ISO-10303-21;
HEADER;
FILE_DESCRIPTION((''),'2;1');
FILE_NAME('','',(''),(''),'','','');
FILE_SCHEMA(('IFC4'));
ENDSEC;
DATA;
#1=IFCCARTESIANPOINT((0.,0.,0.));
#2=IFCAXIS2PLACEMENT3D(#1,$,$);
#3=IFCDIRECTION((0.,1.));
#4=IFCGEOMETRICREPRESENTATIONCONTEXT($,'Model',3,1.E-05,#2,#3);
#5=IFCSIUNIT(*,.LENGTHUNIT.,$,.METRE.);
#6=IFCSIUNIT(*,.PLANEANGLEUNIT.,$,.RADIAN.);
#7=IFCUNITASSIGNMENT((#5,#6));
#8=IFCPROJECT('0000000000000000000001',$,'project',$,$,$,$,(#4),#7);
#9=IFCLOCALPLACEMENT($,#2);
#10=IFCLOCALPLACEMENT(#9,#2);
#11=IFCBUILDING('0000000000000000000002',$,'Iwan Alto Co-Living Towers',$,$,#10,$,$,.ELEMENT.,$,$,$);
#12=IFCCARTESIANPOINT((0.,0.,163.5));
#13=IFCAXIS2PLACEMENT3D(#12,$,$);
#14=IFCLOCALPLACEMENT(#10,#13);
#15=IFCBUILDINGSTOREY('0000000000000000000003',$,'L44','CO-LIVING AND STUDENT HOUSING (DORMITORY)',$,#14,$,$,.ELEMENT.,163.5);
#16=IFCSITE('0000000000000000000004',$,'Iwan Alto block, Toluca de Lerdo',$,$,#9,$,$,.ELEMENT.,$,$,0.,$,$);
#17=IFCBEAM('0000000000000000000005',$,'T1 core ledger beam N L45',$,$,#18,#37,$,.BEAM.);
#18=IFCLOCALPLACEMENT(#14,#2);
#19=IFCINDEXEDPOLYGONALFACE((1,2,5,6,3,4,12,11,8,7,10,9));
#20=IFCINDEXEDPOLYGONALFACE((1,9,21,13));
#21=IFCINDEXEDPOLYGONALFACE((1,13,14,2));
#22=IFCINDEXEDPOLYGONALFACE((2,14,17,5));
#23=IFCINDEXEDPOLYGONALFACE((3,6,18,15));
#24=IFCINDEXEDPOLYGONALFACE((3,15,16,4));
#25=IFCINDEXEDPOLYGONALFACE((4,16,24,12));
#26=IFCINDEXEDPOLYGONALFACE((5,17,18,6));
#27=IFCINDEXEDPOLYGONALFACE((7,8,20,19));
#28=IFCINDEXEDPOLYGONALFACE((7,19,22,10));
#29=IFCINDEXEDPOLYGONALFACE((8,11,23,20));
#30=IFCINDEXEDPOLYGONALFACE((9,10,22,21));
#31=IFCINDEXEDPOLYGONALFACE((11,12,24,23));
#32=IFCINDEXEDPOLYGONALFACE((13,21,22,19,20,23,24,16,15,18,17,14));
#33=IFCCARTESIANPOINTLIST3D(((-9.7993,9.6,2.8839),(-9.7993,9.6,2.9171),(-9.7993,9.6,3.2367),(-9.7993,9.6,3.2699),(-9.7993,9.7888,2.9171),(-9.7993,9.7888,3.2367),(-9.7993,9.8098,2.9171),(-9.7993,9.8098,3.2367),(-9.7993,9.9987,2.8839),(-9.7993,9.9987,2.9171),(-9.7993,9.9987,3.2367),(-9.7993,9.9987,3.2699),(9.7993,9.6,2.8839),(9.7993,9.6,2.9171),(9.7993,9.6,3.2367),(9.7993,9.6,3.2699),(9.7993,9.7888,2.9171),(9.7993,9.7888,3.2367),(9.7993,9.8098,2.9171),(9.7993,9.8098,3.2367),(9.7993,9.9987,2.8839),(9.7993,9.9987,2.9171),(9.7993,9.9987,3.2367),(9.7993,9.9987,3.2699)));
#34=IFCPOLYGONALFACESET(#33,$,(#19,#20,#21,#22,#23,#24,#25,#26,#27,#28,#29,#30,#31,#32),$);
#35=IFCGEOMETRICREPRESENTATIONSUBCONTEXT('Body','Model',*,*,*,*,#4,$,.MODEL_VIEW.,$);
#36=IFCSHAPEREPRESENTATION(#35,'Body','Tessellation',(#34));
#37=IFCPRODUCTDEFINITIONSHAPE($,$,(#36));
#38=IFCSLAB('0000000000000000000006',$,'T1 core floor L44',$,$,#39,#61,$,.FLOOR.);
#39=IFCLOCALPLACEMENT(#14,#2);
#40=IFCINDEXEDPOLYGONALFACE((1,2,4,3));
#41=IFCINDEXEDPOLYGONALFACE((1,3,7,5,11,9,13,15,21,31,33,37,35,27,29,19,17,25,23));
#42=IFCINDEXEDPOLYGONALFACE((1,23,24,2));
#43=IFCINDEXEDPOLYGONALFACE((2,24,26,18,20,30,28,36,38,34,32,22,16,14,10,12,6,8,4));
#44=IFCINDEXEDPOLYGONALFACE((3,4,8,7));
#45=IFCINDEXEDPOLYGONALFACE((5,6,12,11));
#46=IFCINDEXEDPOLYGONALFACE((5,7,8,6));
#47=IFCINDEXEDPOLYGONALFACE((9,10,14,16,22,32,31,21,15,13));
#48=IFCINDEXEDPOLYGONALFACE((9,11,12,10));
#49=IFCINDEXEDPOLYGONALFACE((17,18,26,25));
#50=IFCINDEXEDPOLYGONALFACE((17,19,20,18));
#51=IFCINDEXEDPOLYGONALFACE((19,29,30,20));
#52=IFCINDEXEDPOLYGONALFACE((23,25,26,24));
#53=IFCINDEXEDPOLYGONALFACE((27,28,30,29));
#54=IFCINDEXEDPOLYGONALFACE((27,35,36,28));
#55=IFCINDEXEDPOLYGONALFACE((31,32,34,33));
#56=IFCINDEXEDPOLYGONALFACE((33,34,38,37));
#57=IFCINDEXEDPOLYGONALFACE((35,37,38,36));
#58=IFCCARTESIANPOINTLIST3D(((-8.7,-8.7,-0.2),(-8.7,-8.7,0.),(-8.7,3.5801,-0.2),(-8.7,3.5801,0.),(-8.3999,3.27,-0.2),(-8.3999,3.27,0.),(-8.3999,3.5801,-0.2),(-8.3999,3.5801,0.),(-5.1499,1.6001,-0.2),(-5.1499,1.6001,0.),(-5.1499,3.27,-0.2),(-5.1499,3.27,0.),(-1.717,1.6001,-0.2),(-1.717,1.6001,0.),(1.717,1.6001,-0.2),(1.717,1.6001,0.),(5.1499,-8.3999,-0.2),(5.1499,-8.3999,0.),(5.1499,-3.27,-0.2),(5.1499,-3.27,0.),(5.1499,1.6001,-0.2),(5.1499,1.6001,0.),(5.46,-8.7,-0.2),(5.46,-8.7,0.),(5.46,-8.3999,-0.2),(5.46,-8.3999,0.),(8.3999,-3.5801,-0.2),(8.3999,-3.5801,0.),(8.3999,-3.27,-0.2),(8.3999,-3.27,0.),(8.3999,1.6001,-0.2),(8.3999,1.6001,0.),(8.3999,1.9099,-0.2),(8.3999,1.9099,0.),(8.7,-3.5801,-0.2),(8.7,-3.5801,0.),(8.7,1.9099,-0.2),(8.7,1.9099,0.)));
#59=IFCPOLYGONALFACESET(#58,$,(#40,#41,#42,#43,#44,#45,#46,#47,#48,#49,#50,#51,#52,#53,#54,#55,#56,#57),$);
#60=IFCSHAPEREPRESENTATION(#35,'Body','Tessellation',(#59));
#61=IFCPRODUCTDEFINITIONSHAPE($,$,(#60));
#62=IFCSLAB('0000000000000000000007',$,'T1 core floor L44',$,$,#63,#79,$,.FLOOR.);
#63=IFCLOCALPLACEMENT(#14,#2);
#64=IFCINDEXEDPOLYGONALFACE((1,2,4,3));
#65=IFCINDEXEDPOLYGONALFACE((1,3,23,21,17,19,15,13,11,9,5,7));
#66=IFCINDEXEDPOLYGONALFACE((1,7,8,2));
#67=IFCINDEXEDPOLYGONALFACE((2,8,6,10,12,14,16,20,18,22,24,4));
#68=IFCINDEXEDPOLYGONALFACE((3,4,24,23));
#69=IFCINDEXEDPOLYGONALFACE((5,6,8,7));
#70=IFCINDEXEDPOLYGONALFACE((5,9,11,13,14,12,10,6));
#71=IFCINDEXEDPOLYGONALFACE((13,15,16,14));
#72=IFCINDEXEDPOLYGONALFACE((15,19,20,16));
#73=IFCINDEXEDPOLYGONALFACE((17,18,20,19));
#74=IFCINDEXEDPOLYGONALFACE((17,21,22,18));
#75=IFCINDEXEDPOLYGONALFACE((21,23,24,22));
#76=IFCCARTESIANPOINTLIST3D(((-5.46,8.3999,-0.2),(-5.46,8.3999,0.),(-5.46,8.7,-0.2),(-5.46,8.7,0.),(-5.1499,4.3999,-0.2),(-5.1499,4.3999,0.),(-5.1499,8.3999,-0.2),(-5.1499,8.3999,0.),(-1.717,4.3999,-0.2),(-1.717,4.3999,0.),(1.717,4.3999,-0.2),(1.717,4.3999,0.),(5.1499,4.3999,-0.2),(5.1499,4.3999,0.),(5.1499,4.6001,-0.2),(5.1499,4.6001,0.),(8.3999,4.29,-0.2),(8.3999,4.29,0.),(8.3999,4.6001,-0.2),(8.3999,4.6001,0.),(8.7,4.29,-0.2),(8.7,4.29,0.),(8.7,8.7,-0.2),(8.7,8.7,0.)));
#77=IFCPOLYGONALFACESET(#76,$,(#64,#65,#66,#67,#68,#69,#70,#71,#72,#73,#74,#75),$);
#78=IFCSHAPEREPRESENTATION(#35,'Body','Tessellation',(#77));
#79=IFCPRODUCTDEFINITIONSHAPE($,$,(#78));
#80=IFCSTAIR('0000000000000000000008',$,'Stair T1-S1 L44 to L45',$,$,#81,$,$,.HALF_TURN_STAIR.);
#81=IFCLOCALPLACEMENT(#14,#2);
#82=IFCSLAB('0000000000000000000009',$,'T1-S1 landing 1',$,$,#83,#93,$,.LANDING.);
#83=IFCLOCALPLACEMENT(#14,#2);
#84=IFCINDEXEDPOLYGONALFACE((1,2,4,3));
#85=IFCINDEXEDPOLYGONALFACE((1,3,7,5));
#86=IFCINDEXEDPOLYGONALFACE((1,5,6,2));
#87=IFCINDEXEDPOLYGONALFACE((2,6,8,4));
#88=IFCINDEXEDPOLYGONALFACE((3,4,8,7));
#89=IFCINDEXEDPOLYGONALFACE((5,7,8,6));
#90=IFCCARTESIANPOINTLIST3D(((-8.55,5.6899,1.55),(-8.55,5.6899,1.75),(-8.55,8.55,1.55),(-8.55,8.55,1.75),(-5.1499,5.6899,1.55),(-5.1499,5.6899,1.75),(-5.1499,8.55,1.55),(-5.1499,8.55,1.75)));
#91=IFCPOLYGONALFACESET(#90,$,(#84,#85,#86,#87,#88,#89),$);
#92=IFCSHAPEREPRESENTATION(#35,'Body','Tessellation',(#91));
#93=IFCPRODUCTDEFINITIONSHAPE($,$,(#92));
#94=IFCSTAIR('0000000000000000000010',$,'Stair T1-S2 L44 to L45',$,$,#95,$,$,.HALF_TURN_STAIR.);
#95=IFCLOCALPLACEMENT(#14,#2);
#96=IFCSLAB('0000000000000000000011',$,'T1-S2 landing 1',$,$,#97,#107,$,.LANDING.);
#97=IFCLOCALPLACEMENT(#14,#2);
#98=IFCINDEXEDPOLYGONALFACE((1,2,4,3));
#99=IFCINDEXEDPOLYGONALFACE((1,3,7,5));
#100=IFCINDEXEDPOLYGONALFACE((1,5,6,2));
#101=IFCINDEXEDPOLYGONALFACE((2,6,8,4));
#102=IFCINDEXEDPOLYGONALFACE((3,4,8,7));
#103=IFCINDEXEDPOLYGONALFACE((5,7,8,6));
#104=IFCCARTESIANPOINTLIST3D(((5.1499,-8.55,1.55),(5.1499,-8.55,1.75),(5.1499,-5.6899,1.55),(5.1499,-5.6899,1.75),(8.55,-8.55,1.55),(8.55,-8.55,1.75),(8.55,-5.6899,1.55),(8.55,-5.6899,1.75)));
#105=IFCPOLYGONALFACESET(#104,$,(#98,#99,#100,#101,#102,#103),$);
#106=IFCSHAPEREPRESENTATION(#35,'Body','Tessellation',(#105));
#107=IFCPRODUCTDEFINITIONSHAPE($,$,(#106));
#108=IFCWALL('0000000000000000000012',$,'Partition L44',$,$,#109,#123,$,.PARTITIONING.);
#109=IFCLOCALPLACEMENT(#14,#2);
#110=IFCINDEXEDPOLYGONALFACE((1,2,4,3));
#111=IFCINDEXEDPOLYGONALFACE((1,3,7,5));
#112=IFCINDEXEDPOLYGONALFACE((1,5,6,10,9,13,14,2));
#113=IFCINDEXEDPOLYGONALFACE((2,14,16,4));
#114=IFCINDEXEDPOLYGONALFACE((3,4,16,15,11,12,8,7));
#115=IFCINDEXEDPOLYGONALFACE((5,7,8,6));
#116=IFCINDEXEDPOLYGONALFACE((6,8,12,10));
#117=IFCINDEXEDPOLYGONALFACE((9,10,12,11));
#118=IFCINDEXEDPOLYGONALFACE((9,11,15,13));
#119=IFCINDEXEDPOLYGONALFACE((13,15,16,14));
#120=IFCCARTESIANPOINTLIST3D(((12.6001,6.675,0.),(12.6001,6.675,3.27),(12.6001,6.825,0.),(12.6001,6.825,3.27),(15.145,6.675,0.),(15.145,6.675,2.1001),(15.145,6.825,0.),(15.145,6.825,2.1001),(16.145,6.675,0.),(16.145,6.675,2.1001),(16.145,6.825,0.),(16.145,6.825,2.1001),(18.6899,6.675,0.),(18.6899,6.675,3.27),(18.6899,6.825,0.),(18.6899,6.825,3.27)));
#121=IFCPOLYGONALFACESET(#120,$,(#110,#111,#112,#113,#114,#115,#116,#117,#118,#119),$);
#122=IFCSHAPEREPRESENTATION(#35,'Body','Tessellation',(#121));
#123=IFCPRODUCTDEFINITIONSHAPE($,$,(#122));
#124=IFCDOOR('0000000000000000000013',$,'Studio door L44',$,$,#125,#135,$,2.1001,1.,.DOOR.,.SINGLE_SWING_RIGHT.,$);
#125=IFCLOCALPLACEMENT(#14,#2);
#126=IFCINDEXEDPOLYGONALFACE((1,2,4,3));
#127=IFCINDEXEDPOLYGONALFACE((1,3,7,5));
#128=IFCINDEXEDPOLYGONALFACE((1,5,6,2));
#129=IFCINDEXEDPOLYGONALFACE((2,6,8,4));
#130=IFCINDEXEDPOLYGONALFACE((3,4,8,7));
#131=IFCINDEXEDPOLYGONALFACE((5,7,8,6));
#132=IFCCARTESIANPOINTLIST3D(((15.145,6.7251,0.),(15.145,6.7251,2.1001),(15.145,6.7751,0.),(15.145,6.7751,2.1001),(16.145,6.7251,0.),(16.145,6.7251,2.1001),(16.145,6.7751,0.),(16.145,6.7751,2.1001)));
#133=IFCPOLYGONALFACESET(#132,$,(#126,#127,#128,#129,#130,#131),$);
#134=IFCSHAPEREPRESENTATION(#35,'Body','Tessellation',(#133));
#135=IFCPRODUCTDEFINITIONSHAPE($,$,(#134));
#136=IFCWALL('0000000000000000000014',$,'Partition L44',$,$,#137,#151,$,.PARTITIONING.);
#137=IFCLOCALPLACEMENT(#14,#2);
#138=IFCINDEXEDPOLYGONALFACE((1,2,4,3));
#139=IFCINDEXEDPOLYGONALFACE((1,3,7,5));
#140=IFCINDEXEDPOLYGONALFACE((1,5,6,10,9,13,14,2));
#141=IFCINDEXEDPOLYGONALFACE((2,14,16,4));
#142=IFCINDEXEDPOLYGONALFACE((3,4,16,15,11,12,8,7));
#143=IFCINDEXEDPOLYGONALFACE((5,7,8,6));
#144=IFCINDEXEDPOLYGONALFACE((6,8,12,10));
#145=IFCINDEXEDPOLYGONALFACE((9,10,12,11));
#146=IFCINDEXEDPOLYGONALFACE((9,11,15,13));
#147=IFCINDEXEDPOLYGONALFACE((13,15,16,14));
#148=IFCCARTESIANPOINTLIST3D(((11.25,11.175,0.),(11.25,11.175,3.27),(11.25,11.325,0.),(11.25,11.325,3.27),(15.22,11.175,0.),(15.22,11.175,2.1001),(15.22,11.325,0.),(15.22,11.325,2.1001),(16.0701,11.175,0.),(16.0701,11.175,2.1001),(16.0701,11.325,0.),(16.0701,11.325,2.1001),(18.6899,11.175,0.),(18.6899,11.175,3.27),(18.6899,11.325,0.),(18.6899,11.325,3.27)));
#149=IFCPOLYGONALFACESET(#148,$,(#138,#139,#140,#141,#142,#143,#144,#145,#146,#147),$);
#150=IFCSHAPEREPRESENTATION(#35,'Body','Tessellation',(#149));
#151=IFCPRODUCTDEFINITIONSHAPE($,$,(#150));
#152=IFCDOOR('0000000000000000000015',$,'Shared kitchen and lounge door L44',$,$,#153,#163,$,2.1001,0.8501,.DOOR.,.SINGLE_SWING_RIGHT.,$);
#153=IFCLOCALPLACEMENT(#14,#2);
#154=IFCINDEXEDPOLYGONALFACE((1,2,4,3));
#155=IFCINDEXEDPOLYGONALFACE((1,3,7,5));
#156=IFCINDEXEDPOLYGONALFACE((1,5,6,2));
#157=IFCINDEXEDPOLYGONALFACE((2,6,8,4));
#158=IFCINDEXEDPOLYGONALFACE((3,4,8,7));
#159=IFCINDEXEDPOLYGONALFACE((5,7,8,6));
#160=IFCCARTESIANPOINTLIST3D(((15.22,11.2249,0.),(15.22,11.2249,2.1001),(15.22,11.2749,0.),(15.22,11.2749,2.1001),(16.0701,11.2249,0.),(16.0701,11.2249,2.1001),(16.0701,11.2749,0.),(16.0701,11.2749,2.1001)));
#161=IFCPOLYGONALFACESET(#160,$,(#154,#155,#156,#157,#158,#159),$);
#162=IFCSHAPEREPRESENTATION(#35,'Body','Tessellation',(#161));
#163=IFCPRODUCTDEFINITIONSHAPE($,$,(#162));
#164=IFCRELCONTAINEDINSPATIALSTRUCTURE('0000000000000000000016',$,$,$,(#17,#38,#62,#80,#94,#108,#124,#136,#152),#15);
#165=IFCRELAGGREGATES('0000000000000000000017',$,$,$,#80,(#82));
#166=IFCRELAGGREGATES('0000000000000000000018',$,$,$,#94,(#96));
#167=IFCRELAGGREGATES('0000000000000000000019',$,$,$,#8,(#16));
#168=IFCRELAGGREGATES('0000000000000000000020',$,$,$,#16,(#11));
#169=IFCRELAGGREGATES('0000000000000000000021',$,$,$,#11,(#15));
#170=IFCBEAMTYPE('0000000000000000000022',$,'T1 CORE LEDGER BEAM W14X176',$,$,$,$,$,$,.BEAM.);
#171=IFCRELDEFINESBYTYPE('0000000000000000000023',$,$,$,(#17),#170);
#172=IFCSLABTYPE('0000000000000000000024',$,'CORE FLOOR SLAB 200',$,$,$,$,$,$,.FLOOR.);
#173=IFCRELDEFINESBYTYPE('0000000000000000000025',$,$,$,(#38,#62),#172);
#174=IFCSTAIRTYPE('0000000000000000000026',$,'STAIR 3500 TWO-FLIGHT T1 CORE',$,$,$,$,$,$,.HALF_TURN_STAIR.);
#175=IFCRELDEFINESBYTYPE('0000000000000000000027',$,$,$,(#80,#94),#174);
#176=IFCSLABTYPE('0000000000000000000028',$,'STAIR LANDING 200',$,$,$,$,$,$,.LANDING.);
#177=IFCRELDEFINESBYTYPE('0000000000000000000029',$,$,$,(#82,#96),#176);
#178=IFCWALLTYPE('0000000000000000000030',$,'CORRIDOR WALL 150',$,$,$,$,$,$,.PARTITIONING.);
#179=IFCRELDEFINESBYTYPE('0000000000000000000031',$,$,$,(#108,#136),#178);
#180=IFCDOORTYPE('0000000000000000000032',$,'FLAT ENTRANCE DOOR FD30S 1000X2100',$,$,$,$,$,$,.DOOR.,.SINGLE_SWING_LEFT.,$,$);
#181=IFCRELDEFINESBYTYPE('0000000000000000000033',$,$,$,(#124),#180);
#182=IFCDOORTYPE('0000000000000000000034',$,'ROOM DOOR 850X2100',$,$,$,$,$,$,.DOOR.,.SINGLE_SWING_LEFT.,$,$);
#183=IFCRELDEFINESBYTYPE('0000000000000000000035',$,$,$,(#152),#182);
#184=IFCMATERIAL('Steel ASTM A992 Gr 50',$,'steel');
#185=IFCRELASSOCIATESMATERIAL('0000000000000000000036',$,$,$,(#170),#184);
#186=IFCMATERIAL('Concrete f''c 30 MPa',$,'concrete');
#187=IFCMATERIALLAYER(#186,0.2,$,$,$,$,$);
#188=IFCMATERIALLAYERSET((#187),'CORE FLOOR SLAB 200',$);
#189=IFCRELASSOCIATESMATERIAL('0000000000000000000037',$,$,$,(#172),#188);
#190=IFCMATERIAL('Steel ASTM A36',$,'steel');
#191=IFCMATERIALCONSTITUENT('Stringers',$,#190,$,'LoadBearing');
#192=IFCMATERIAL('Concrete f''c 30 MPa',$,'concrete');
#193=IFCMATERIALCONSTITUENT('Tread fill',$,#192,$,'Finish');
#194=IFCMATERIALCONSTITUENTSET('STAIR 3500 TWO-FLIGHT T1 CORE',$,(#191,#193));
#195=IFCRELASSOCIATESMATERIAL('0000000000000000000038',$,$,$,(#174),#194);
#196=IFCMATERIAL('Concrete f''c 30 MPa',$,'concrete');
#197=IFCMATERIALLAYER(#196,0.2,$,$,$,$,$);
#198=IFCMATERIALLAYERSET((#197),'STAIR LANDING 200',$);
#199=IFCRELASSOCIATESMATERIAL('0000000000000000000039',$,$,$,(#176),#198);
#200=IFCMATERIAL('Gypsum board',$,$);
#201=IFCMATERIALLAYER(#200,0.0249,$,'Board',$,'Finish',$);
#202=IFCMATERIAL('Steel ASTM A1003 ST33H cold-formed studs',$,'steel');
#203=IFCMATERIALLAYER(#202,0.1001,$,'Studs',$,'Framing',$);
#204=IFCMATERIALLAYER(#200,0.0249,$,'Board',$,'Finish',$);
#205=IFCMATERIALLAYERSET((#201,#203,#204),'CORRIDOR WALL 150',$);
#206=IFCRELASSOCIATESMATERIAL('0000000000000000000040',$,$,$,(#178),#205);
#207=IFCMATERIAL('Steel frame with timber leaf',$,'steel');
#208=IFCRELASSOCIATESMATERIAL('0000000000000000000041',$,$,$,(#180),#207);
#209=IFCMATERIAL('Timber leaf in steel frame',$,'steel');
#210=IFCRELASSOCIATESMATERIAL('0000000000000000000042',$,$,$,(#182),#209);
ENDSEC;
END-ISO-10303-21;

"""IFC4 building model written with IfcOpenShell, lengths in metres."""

from ifc_helpers import new_model, si_unit, direction, frame, frame_2d, origin, origin_2d, place, context, subcontext, project, spatial, polyline, rectangle, i_section, outline, extrude, material, layer, layer_set, constituent, constituent_set, material_profile, profile_set, type_object, element, fill, aggregate, save


model = new_model("IFC4")

# Units and contexts
model_context = context("Model", 3, precision=1e-05, world=origin(), true_north=direction((0.0, 1.0)))
body_context = subcontext(model_context, "Body", "Model", "MODEL_VIEW")
ifc_project = project(units=[si_unit("LENGTHUNIT", "METRE"), si_unit("PLANEANGLEUNIT", "RADIAN")], contexts=[model_context])

# Site, building, storey
site_placement = place(None, origin())
site = spatial("IfcSite", under=ifc_project, at=site_placement, Name="Iwan Alto block, Toluca de Lerdo", CompositionType="ELEMENT", RefElevation=0.0)
building_placement = place(site_placement, origin())
building = spatial("IfcBuilding", under=site, at=building_placement, Name="Iwan Alto Co-Living Towers", CompositionType="ELEMENT")
storey_placement = place(building_placement, frame((0.0, 0.0, 163.5)))
storey = spatial("IfcBuildingStorey", under=building, at=storey_placement, Name="L44", Description="CO-LIVING AND STUDENT HOUSING (DORMITORY)", CompositionType="ELEMENT", Elevation=163.5)

# Beam
ifc_material_1 = material(Name="Steel ASTM A992 Gr 50", Category="steel")
ifc_material_profile = material_profile(ifc_material_1, i_section(OverallWidth=0.3987, OverallDepth=0.386, WebThickness=0.021, FlangeThickness=0.0332, at=origin_2d()), Name="W14X176")
ifc_profile_set = profile_set([ifc_material_profile], Name="Steel ASTM A992 Gr 50")
beam_type = type_object("IfcBeamType", Name="T1 CORE LEDGER BEAM W14X176", PredefinedType="BEAM", material=ifc_profile_set)
beam_placement = place(storey_placement, frame((9.7993, 9.7993, 3.0769), z_axis=(-1.0, 0.0, 0.0), x_axis=(0.0, -1.0, 0.0)))
element("IfcBeam", 1, at=beam_placement, inside=storey, type_object=beam_type, Name="T1 core ledger beam N L45", PredefinedType="BEAM", context=body_context, shape_type="SweptSolid", body=[
    extrude(i_section(OverallWidth=0.3987, OverallDepth=0.386, WebThickness=0.021, FlangeThickness=0.0332, at=origin_2d()), origin(), (0.0, 0.0, 1.0), 19.5986),
])

# Slabs
ifc_material_2 = material(Name="Concrete f'c 30 MPa", Category="concrete")
ifc_layer_1 = layer(ifc_material_2, 0.2)
ifc_layer_set_1 = layer_set([ifc_layer_1], Name="CORE FLOOR SLAB 200")
slab_type_1 = type_object("IfcSlabType", Name="CORE FLOOR SLAB 200", PredefinedType="FLOOR", material=ifc_layer_set_1)
slab_1_placement = place(storey_placement, frame((0.0, 0.0, -0.2)))
element("IfcSlab", 2, at=slab_1_placement, inside=storey, type_object=slab_type_1, Name="T1 core floor L44", PredefinedType="FLOOR", context=body_context, shape_type="SweptSolid", body=[
    extrude(outline(polyline([(5.1499, -8.3999), (5.46, -8.3999), (5.46, -8.7), (-8.7, -8.7), (-8.7, 3.5801), (-8.3999, 3.5801), (-8.3999, 3.27), (-5.1499, 3.27), (-5.1499, 1.6001), (-1.717, 1.6001), (1.717, 1.6001), (5.1499, 1.6001), (8.3999, 1.6001), (8.3999, 1.9099), (8.7, 1.9099), (8.7, -3.5801), (8.3999, -3.5801), (8.3999, -3.27), (5.1499, -3.27), (5.1499, -8.3999)])), origin(), (0.0, 0.0, 1.0), 0.2),
])
slab_2_placement = place(storey_placement, frame((0.0, 0.0, -0.2)))
element("IfcSlab", 3, at=slab_2_placement, inside=storey, type_object=slab_type_1, Name="T1 core floor L44", PredefinedType="FLOOR", context=body_context, shape_type="SweptSolid", body=[
    extrude(outline(polyline([(1.717, 4.3999), (-1.717, 4.3999), (-5.1499, 4.3999), (-5.1499, 8.3999), (-5.46, 8.3999), (-5.46, 8.7), (8.7, 8.7), (8.7, 4.29), (8.3999, 4.29), (8.3999, 4.6001), (5.1499, 4.6001), (5.1499, 4.3999), (1.717, 4.3999)])), origin(), (0.0, 0.0, 1.0), 0.2),
])

# Stairs, slabs
ifc_material_3 = material(Name="Steel ASTM A36", Category="steel")
ifc_constituent_1 = constituent(ifc_material_3, Name="Stringers", Category="LoadBearing")
ifc_material_4 = material(Name="Concrete f'c 30 MPa", Category="concrete")
ifc_constituent_2 = constituent(ifc_material_4, Name="Tread fill", Category="Finish")
ifc_constituent_set = constituent_set(constituents=[ifc_constituent_1, ifc_constituent_2], Name="STAIR 3500 TWO-FLIGHT T1 CORE")
stair_type = type_object("IfcStairType", Name="STAIR 3500 TWO-FLIGHT T1 CORE", PredefinedType="HALF_TURN_STAIR", material=ifc_constituent_set)
stair_1_placement = place(storey_placement, origin())
stair_1 = element("IfcStair", 4, at=stair_1_placement, inside=storey, type_object=stair_type, Name="Stair T1-S1 L44 to L45", PredefinedType="HALF_TURN_STAIR")
ifc_material_5 = material(Name="Concrete f'c 30 MPa", Category="concrete")
ifc_layer_2 = layer(ifc_material_5, 0.2)
ifc_layer_set_2 = layer_set([ifc_layer_2], Name="STAIR LANDING 200")
slab_type_2 = type_object("IfcSlabType", Name="STAIR LANDING 200", PredefinedType="LANDING", material=ifc_layer_set_2)
slab_3_placement = place(storey_placement, frame((0.0, 0.0, 1.55)))
slab_3 = element("IfcSlab", 5, at=slab_3_placement, type_object=slab_type_2, Name="T1-S1 landing 1", PredefinedType="LANDING", context=body_context, shape_type="SweptSolid", body=[
    extrude(outline(polyline([(-8.55, 5.6899), (-8.55, 8.55), (-5.1499, 8.55), (-5.1499, 5.6899), (-8.55, 5.6899)])), origin(), (0.0, 0.0, 1.0), 0.2),
])
aggregate(stair_1, [slab_3])
stair_2_placement = place(storey_placement, origin())
stair_2 = element("IfcStair", 6, at=stair_2_placement, inside=storey, type_object=stair_type, Name="Stair T1-S2 L44 to L45", PredefinedType="HALF_TURN_STAIR")
slab_4_placement = place(storey_placement, frame((0.0, 0.0, 1.55)))
slab_4 = element("IfcSlab", 7, at=slab_4_placement, type_object=slab_type_2, Name="T1-S2 landing 1", PredefinedType="LANDING", context=body_context, shape_type="SweptSolid", body=[
    extrude(outline(polyline([(5.1499, -5.6899), (5.1499, -8.55), (8.55, -8.55), (8.55, -5.6899), (5.1499, -5.6899)])), origin(), (0.0, 0.0, 1.0), 0.2),
])
aggregate(stair_2, [slab_4])

# Walls, openings, doors
ifc_material_6 = material(Name="Gypsum board")
ifc_layer_3 = layer(ifc_material_6, 0.0249, Name="Board", Category="Finish")
ifc_material_7 = material(Name="Steel ASTM A1003 ST33H cold-formed studs", Category="steel")
ifc_layer_4 = layer(ifc_material_7, 0.1001, Name="Studs", Category="Framing")
ifc_layer_5 = layer(ifc_material_6, 0.0249, Name="Board", Category="Finish")
ifc_layer_set_3 = layer_set([ifc_layer_3, ifc_layer_4, ifc_layer_5], Name="CORRIDOR WALL 150")
wall_type_1 = type_object("IfcWallType", Name="CORRIDOR WALL 150", PredefinedType="PARTITIONING", material=ifc_layer_set_3)
wall_1_placement = place(storey_placement, frame((12.6001, 6.75, 0.0), z_axis=(0.0, 0.0, 1.0), x_axis=(1.0, 0.0, 0.0)))
wall_1 = element("IfcWall", 8, at=wall_1_placement, inside=storey, type_object=wall_type_1, Name="Partition L44", PredefinedType="PARTITIONING", context=body_context, shape_type="SweptSolid", body=[
    extrude(rectangle(XDim=6.0898, YDim=0.1499, at=frame_2d((3.0449, 0.0))), origin(), (0.0, 0.0, 1.0), 3.27),
])
opening_1_placement = place(wall_1_placement, frame((2.5449, 0.0, 0.0)))
opening_1 = element("IfcOpeningElement", 9, at=opening_1_placement, cuts=wall_1, PredefinedType="OPENING", context=body_context, shape_type="SweptSolid", body=[
    extrude(rectangle(XDim=1.0, YDim=2.1001, at=frame_2d((0.5, 1.05))), frame((0.0, 0.085, 0.0), z_axis=(0.0, -1.0, 0.0), x_axis=(1.0, 0.0, 0.0)), (0.0, 0.0, 1.0), 0.1699),
])
ifc_material_8 = material(Name="Steel frame with timber leaf", Category="steel")
door_type_1 = type_object("IfcDoorType", Name="FLAT ENTRANCE DOOR FD30S 1000X2100", OperationType="SINGLE_SWING_LEFT", PredefinedType="DOOR", material=ifc_material_8)
door_1_placement = place(opening_1_placement, frame((1.0, 0.0, 0.0), z_axis=(0.0, 0.0, 1.0), x_axis=(-1.0, 0.0, 0.0)))
door_1 = element("IfcDoor", 10, at=door_1_placement, inside=storey, type_object=door_type_1, Name="Studio door L44", OperationType="SINGLE_SWING_RIGHT", OverallHeight=2.1001, OverallWidth=1.0, PredefinedType="DOOR", context=body_context, shape_type="SweptSolid", body=[
    extrude(rectangle(XDim=1.0, YDim=2.1001, at=frame_2d((0.5, 1.05))), frame((0.0, 0.0249, 0.0), z_axis=(0.0, -1.0, 0.0), x_axis=(1.0, 0.0, 0.0)), (0.0, 0.0, 1.0), 0.05),
])
fill(opening_1, door_1)
wall_2_placement = place(storey_placement, frame((11.25, 11.25, 0.0), z_axis=(0.0, 0.0, 1.0), x_axis=(1.0, 0.0, 0.0)))
wall_2 = element("IfcWall", 11, at=wall_2_placement, inside=storey, type_object=wall_type_1, Name="Partition L44", PredefinedType="PARTITIONING", context=body_context, shape_type="SweptSolid", body=[
    extrude(rectangle(XDim=7.4399, YDim=0.1499, at=frame_2d((3.72, 0.0))), origin(), (0.0, 0.0, 1.0), 3.27),
])
opening_2_placement = place(wall_2_placement, frame((3.97, 0.0, 0.0)))
opening_2 = element("IfcOpeningElement", 12, at=opening_2_placement, cuts=wall_2, PredefinedType="OPENING", context=body_context, shape_type="SweptSolid", body=[
    extrude(rectangle(XDim=0.8501, YDim=2.1001, at=frame_2d((0.425, 1.05))), frame((0.0, 0.085, 0.0), z_axis=(0.0, -1.0, 0.0), x_axis=(1.0, 0.0, 0.0)), (0.0, 0.0, 1.0), 0.1699),
])
ifc_material_9 = material(Name="Timber leaf in steel frame", Category="steel")
door_type_2 = type_object("IfcDoorType", Name="ROOM DOOR 850X2100", OperationType="SINGLE_SWING_LEFT", PredefinedType="DOOR", material=ifc_material_9)
door_2_placement = place(opening_2_placement, origin())
door_2 = element("IfcDoor", 13, at=door_2_placement, inside=storey, type_object=door_type_2, Name="Shared kitchen and lounge door L44", OperationType="SINGLE_SWING_RIGHT", OverallHeight=2.1001, OverallWidth=0.8501, PredefinedType="DOOR", context=body_context, shape_type="SweptSolid", body=[
    extrude(rectangle(XDim=0.8501, YDim=2.1001, at=frame_2d((0.425, 1.05))), frame((0.0, 0.0249, 0.0), z_axis=(0.0, -1.0, 0.0), x_axis=(1.0, 0.0, 0.0)), (0.0, 0.0, 1.0), 0.05),
])
fill(opening_2, door_2)

save(model, "model.ifc")
